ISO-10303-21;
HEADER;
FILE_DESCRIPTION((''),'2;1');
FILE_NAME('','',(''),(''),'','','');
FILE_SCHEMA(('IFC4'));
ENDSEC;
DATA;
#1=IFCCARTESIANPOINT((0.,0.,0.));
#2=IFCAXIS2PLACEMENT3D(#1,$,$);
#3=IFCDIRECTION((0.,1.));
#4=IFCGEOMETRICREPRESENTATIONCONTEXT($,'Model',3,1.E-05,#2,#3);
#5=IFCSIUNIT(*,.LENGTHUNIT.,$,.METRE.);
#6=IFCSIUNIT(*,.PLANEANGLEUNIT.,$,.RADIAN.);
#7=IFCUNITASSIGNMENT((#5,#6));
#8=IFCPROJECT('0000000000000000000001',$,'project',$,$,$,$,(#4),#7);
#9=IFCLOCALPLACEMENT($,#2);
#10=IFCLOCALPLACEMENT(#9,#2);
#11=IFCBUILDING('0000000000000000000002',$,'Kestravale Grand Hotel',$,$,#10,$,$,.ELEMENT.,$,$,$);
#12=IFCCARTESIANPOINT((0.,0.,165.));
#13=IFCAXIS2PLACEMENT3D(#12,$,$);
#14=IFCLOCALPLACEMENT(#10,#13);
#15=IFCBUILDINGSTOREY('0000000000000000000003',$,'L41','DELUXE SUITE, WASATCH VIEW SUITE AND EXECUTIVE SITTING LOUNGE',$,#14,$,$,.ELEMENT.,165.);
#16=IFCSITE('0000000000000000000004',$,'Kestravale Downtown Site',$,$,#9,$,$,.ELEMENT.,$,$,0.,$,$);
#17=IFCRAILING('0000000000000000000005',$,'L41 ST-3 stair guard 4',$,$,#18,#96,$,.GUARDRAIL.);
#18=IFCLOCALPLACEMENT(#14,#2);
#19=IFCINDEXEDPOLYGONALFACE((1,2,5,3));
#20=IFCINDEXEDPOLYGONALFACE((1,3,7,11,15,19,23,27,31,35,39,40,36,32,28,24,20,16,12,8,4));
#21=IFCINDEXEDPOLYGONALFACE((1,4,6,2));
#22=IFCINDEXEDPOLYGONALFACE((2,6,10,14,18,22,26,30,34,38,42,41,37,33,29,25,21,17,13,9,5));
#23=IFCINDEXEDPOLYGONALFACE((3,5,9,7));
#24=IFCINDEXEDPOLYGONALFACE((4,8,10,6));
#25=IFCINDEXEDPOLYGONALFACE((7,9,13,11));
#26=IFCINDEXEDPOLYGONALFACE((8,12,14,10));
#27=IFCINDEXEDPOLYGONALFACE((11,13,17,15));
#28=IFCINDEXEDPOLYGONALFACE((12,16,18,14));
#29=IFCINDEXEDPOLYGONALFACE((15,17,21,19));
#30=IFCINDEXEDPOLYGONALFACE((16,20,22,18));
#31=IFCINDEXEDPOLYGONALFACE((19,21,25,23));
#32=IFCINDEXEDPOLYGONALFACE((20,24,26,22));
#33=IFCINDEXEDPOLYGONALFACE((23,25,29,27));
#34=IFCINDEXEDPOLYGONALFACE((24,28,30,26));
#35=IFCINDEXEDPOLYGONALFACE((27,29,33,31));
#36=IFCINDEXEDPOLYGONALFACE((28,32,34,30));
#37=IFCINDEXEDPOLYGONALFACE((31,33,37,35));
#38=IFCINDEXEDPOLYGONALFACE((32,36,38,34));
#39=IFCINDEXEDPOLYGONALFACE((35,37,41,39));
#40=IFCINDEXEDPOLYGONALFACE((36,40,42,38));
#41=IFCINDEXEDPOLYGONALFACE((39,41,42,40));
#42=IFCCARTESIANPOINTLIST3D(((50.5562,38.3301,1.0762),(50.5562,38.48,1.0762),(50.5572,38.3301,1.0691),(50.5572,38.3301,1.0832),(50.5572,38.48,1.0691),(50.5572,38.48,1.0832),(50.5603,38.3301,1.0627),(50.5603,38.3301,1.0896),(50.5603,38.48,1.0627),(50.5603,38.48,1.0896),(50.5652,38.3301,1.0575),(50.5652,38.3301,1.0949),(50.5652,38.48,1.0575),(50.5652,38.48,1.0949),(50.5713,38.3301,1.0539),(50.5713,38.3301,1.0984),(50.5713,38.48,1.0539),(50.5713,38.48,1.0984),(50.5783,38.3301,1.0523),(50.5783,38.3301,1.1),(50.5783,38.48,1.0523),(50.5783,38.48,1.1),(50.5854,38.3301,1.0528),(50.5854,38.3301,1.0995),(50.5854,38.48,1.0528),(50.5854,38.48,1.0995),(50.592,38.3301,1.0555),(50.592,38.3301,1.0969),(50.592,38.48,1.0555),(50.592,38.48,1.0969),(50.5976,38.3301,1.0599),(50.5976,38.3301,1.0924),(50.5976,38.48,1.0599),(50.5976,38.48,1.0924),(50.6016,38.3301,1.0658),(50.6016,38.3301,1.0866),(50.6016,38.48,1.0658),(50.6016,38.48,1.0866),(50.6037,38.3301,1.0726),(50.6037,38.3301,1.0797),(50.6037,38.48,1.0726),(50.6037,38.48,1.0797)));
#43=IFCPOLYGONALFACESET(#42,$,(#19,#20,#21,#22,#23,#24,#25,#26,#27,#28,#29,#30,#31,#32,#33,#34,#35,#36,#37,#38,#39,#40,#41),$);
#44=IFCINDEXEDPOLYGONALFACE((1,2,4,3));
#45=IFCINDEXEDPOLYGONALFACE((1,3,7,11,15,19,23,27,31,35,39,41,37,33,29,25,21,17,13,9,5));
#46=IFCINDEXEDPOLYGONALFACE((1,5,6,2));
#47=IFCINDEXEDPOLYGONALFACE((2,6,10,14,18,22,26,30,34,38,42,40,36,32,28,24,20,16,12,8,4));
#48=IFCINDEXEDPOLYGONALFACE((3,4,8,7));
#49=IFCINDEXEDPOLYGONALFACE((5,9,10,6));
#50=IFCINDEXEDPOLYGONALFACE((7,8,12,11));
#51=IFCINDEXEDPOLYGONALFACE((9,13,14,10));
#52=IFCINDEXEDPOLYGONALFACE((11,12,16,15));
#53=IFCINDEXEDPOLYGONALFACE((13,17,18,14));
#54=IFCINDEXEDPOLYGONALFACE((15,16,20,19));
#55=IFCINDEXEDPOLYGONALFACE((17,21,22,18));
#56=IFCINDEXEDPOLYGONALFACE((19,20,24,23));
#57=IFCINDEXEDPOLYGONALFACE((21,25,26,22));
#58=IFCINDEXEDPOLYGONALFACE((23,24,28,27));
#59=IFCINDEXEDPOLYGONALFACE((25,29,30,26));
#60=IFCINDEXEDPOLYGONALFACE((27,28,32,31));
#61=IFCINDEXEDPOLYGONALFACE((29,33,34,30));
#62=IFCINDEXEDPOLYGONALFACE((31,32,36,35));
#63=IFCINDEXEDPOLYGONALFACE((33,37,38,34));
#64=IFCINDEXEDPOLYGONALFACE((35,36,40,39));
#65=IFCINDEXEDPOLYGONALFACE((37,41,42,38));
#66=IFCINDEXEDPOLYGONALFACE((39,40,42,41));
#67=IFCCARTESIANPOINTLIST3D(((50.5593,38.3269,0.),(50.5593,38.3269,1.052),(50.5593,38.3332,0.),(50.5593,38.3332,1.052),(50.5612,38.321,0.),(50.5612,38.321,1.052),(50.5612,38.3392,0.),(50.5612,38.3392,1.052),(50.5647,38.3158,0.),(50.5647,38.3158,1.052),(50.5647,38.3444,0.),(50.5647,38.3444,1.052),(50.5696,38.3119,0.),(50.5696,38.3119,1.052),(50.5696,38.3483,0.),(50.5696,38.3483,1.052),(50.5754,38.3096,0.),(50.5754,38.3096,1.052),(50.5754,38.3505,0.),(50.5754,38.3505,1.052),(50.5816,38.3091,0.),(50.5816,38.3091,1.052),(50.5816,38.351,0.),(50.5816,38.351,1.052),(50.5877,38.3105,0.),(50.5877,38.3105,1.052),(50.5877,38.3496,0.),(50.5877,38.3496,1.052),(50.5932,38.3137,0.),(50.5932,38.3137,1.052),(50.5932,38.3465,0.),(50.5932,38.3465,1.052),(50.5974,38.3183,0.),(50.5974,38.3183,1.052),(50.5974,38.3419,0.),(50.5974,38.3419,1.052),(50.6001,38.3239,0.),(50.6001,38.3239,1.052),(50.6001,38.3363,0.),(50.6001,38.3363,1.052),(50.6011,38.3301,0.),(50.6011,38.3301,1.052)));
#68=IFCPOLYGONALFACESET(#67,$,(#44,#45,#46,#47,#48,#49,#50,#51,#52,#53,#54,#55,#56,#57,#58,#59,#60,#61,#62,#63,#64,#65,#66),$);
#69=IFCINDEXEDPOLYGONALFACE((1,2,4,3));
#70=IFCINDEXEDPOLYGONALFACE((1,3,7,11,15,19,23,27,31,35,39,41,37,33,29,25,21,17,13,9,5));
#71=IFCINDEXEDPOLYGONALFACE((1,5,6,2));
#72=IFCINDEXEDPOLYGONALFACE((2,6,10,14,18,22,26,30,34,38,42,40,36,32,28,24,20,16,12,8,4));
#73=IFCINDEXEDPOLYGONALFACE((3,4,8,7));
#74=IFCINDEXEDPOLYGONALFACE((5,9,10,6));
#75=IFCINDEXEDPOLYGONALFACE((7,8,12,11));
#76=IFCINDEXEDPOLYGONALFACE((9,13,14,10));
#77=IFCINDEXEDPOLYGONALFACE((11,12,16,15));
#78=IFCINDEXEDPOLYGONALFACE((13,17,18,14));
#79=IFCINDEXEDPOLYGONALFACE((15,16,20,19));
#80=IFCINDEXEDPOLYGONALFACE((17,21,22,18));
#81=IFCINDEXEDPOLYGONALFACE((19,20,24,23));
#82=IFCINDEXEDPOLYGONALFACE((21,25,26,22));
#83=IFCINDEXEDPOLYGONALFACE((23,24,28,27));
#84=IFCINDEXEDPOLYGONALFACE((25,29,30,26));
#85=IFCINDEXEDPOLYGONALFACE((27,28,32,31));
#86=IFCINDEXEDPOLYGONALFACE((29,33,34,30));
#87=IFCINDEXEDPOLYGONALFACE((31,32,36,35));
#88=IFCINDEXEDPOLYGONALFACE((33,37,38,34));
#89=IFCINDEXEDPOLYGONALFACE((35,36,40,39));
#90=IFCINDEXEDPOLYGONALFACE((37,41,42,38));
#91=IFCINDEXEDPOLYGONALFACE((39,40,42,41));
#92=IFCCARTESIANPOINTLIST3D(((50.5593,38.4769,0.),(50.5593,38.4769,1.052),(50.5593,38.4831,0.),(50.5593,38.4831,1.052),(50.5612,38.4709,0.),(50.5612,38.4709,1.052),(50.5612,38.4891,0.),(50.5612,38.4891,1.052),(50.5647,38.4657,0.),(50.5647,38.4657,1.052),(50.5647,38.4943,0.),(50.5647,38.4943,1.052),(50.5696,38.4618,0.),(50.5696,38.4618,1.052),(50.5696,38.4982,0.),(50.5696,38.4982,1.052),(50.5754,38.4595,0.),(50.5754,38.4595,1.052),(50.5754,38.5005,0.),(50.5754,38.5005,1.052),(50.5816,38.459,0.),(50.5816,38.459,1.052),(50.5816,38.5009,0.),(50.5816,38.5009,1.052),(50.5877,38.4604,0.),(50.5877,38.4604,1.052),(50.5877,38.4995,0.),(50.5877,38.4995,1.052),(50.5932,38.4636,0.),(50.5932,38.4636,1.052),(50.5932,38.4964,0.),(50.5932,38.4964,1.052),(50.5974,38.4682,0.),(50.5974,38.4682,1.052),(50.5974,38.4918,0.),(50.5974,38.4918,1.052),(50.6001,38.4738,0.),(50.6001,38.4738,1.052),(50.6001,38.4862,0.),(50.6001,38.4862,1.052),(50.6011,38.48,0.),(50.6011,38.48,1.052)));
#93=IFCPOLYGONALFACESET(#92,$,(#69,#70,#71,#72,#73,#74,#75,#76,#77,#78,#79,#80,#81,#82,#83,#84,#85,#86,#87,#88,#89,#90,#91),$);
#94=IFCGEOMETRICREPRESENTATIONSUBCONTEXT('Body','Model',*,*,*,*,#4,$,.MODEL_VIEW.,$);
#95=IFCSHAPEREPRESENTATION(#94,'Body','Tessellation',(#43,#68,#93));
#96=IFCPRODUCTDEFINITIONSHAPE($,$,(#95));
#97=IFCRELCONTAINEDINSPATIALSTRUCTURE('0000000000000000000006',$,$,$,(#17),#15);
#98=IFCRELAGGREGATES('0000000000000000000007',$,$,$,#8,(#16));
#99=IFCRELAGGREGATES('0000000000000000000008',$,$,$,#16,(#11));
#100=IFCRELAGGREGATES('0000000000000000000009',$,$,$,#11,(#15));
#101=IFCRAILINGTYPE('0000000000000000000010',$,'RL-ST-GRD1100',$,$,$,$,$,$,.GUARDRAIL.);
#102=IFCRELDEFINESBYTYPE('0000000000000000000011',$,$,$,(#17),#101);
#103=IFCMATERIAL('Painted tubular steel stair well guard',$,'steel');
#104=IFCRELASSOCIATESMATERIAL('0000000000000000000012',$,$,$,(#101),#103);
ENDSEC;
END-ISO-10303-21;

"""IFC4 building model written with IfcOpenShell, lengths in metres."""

from ifc_helpers import new_model, si_unit, direction, frame, origin, origin_2d, place, context, subcontext, project, spatial, circle, extrude, material, type_object, element, save


model = new_model("IFC4")

# Units and contexts
model_context = context("Model", 3, precision=1e-05, world=origin(), true_north=direction((0.0, 1.0)))
body_context = subcontext(model_context, "Body", "Model", "MODEL_VIEW")
ifc_project = project(units=[si_unit("LENGTHUNIT", "METRE"), si_unit("PLANEANGLEUNIT", "RADIAN")], contexts=[model_context])

# Site, building, storey
site_placement = place(None, origin())
site = spatial("IfcSite", under=ifc_project, at=site_placement, Name="Kestravale Downtown Site", CompositionType="ELEMENT", RefElevation=0.0)
building_placement = place(site_placement, origin())
building = spatial("IfcBuilding", under=site, at=building_placement, Name="Kestravale Grand Hotel", CompositionType="ELEMENT")
storey_placement = place(building_placement, frame((0.0, 0.0, 165.0)))
storey = spatial("IfcBuildingStorey", under=building, at=storey_placement, Name="L41", Description="DELUXE SUITE, WASATCH VIEW SUITE AND EXECUTIVE SITTING LOUNGE", CompositionType="ELEMENT", Elevation=165.0)

# Railing
ifc_material_1 = material(Name="Painted tubular steel stair well guard", Category="steel")
railing_type_1 = type_object("IfcRailingType", Name="RL-ST-GRD1100", PredefinedType="GUARDRAIL", material=ifc_material_1)
railing_1_placement = place(storey_placement, frame((50.5801, 38.3301, 0.0)))
element("IfcRailing", 1, at=railing_1_placement, inside=storey, type_object=railing_type_1, Name="L41 ST-3 stair guard 4", PredefinedType="GUARDRAIL", context=body_context, shape_type="SweptSolid", body=[
    extrude(circle(Radius=0.0239, at=origin_2d()), frame((0.0, 0.0, 1.0762), z_axis=(0.0, 1.0, 0.0), x_axis=(-1.0, 0.0, 0.0)), (0.0, 0.0, 1.0), 0.1499),
    extrude(circle(Radius=0.021, at=origin_2d()), origin(), (0.0, 0.0, 1.0), 1.052),
    extrude(circle(Radius=0.021, at=origin_2d()), frame((0.0, 0.1499, 0.0)), (0.0, 0.0, 1.0), 1.052),
])

save(model, "model.ifc")
